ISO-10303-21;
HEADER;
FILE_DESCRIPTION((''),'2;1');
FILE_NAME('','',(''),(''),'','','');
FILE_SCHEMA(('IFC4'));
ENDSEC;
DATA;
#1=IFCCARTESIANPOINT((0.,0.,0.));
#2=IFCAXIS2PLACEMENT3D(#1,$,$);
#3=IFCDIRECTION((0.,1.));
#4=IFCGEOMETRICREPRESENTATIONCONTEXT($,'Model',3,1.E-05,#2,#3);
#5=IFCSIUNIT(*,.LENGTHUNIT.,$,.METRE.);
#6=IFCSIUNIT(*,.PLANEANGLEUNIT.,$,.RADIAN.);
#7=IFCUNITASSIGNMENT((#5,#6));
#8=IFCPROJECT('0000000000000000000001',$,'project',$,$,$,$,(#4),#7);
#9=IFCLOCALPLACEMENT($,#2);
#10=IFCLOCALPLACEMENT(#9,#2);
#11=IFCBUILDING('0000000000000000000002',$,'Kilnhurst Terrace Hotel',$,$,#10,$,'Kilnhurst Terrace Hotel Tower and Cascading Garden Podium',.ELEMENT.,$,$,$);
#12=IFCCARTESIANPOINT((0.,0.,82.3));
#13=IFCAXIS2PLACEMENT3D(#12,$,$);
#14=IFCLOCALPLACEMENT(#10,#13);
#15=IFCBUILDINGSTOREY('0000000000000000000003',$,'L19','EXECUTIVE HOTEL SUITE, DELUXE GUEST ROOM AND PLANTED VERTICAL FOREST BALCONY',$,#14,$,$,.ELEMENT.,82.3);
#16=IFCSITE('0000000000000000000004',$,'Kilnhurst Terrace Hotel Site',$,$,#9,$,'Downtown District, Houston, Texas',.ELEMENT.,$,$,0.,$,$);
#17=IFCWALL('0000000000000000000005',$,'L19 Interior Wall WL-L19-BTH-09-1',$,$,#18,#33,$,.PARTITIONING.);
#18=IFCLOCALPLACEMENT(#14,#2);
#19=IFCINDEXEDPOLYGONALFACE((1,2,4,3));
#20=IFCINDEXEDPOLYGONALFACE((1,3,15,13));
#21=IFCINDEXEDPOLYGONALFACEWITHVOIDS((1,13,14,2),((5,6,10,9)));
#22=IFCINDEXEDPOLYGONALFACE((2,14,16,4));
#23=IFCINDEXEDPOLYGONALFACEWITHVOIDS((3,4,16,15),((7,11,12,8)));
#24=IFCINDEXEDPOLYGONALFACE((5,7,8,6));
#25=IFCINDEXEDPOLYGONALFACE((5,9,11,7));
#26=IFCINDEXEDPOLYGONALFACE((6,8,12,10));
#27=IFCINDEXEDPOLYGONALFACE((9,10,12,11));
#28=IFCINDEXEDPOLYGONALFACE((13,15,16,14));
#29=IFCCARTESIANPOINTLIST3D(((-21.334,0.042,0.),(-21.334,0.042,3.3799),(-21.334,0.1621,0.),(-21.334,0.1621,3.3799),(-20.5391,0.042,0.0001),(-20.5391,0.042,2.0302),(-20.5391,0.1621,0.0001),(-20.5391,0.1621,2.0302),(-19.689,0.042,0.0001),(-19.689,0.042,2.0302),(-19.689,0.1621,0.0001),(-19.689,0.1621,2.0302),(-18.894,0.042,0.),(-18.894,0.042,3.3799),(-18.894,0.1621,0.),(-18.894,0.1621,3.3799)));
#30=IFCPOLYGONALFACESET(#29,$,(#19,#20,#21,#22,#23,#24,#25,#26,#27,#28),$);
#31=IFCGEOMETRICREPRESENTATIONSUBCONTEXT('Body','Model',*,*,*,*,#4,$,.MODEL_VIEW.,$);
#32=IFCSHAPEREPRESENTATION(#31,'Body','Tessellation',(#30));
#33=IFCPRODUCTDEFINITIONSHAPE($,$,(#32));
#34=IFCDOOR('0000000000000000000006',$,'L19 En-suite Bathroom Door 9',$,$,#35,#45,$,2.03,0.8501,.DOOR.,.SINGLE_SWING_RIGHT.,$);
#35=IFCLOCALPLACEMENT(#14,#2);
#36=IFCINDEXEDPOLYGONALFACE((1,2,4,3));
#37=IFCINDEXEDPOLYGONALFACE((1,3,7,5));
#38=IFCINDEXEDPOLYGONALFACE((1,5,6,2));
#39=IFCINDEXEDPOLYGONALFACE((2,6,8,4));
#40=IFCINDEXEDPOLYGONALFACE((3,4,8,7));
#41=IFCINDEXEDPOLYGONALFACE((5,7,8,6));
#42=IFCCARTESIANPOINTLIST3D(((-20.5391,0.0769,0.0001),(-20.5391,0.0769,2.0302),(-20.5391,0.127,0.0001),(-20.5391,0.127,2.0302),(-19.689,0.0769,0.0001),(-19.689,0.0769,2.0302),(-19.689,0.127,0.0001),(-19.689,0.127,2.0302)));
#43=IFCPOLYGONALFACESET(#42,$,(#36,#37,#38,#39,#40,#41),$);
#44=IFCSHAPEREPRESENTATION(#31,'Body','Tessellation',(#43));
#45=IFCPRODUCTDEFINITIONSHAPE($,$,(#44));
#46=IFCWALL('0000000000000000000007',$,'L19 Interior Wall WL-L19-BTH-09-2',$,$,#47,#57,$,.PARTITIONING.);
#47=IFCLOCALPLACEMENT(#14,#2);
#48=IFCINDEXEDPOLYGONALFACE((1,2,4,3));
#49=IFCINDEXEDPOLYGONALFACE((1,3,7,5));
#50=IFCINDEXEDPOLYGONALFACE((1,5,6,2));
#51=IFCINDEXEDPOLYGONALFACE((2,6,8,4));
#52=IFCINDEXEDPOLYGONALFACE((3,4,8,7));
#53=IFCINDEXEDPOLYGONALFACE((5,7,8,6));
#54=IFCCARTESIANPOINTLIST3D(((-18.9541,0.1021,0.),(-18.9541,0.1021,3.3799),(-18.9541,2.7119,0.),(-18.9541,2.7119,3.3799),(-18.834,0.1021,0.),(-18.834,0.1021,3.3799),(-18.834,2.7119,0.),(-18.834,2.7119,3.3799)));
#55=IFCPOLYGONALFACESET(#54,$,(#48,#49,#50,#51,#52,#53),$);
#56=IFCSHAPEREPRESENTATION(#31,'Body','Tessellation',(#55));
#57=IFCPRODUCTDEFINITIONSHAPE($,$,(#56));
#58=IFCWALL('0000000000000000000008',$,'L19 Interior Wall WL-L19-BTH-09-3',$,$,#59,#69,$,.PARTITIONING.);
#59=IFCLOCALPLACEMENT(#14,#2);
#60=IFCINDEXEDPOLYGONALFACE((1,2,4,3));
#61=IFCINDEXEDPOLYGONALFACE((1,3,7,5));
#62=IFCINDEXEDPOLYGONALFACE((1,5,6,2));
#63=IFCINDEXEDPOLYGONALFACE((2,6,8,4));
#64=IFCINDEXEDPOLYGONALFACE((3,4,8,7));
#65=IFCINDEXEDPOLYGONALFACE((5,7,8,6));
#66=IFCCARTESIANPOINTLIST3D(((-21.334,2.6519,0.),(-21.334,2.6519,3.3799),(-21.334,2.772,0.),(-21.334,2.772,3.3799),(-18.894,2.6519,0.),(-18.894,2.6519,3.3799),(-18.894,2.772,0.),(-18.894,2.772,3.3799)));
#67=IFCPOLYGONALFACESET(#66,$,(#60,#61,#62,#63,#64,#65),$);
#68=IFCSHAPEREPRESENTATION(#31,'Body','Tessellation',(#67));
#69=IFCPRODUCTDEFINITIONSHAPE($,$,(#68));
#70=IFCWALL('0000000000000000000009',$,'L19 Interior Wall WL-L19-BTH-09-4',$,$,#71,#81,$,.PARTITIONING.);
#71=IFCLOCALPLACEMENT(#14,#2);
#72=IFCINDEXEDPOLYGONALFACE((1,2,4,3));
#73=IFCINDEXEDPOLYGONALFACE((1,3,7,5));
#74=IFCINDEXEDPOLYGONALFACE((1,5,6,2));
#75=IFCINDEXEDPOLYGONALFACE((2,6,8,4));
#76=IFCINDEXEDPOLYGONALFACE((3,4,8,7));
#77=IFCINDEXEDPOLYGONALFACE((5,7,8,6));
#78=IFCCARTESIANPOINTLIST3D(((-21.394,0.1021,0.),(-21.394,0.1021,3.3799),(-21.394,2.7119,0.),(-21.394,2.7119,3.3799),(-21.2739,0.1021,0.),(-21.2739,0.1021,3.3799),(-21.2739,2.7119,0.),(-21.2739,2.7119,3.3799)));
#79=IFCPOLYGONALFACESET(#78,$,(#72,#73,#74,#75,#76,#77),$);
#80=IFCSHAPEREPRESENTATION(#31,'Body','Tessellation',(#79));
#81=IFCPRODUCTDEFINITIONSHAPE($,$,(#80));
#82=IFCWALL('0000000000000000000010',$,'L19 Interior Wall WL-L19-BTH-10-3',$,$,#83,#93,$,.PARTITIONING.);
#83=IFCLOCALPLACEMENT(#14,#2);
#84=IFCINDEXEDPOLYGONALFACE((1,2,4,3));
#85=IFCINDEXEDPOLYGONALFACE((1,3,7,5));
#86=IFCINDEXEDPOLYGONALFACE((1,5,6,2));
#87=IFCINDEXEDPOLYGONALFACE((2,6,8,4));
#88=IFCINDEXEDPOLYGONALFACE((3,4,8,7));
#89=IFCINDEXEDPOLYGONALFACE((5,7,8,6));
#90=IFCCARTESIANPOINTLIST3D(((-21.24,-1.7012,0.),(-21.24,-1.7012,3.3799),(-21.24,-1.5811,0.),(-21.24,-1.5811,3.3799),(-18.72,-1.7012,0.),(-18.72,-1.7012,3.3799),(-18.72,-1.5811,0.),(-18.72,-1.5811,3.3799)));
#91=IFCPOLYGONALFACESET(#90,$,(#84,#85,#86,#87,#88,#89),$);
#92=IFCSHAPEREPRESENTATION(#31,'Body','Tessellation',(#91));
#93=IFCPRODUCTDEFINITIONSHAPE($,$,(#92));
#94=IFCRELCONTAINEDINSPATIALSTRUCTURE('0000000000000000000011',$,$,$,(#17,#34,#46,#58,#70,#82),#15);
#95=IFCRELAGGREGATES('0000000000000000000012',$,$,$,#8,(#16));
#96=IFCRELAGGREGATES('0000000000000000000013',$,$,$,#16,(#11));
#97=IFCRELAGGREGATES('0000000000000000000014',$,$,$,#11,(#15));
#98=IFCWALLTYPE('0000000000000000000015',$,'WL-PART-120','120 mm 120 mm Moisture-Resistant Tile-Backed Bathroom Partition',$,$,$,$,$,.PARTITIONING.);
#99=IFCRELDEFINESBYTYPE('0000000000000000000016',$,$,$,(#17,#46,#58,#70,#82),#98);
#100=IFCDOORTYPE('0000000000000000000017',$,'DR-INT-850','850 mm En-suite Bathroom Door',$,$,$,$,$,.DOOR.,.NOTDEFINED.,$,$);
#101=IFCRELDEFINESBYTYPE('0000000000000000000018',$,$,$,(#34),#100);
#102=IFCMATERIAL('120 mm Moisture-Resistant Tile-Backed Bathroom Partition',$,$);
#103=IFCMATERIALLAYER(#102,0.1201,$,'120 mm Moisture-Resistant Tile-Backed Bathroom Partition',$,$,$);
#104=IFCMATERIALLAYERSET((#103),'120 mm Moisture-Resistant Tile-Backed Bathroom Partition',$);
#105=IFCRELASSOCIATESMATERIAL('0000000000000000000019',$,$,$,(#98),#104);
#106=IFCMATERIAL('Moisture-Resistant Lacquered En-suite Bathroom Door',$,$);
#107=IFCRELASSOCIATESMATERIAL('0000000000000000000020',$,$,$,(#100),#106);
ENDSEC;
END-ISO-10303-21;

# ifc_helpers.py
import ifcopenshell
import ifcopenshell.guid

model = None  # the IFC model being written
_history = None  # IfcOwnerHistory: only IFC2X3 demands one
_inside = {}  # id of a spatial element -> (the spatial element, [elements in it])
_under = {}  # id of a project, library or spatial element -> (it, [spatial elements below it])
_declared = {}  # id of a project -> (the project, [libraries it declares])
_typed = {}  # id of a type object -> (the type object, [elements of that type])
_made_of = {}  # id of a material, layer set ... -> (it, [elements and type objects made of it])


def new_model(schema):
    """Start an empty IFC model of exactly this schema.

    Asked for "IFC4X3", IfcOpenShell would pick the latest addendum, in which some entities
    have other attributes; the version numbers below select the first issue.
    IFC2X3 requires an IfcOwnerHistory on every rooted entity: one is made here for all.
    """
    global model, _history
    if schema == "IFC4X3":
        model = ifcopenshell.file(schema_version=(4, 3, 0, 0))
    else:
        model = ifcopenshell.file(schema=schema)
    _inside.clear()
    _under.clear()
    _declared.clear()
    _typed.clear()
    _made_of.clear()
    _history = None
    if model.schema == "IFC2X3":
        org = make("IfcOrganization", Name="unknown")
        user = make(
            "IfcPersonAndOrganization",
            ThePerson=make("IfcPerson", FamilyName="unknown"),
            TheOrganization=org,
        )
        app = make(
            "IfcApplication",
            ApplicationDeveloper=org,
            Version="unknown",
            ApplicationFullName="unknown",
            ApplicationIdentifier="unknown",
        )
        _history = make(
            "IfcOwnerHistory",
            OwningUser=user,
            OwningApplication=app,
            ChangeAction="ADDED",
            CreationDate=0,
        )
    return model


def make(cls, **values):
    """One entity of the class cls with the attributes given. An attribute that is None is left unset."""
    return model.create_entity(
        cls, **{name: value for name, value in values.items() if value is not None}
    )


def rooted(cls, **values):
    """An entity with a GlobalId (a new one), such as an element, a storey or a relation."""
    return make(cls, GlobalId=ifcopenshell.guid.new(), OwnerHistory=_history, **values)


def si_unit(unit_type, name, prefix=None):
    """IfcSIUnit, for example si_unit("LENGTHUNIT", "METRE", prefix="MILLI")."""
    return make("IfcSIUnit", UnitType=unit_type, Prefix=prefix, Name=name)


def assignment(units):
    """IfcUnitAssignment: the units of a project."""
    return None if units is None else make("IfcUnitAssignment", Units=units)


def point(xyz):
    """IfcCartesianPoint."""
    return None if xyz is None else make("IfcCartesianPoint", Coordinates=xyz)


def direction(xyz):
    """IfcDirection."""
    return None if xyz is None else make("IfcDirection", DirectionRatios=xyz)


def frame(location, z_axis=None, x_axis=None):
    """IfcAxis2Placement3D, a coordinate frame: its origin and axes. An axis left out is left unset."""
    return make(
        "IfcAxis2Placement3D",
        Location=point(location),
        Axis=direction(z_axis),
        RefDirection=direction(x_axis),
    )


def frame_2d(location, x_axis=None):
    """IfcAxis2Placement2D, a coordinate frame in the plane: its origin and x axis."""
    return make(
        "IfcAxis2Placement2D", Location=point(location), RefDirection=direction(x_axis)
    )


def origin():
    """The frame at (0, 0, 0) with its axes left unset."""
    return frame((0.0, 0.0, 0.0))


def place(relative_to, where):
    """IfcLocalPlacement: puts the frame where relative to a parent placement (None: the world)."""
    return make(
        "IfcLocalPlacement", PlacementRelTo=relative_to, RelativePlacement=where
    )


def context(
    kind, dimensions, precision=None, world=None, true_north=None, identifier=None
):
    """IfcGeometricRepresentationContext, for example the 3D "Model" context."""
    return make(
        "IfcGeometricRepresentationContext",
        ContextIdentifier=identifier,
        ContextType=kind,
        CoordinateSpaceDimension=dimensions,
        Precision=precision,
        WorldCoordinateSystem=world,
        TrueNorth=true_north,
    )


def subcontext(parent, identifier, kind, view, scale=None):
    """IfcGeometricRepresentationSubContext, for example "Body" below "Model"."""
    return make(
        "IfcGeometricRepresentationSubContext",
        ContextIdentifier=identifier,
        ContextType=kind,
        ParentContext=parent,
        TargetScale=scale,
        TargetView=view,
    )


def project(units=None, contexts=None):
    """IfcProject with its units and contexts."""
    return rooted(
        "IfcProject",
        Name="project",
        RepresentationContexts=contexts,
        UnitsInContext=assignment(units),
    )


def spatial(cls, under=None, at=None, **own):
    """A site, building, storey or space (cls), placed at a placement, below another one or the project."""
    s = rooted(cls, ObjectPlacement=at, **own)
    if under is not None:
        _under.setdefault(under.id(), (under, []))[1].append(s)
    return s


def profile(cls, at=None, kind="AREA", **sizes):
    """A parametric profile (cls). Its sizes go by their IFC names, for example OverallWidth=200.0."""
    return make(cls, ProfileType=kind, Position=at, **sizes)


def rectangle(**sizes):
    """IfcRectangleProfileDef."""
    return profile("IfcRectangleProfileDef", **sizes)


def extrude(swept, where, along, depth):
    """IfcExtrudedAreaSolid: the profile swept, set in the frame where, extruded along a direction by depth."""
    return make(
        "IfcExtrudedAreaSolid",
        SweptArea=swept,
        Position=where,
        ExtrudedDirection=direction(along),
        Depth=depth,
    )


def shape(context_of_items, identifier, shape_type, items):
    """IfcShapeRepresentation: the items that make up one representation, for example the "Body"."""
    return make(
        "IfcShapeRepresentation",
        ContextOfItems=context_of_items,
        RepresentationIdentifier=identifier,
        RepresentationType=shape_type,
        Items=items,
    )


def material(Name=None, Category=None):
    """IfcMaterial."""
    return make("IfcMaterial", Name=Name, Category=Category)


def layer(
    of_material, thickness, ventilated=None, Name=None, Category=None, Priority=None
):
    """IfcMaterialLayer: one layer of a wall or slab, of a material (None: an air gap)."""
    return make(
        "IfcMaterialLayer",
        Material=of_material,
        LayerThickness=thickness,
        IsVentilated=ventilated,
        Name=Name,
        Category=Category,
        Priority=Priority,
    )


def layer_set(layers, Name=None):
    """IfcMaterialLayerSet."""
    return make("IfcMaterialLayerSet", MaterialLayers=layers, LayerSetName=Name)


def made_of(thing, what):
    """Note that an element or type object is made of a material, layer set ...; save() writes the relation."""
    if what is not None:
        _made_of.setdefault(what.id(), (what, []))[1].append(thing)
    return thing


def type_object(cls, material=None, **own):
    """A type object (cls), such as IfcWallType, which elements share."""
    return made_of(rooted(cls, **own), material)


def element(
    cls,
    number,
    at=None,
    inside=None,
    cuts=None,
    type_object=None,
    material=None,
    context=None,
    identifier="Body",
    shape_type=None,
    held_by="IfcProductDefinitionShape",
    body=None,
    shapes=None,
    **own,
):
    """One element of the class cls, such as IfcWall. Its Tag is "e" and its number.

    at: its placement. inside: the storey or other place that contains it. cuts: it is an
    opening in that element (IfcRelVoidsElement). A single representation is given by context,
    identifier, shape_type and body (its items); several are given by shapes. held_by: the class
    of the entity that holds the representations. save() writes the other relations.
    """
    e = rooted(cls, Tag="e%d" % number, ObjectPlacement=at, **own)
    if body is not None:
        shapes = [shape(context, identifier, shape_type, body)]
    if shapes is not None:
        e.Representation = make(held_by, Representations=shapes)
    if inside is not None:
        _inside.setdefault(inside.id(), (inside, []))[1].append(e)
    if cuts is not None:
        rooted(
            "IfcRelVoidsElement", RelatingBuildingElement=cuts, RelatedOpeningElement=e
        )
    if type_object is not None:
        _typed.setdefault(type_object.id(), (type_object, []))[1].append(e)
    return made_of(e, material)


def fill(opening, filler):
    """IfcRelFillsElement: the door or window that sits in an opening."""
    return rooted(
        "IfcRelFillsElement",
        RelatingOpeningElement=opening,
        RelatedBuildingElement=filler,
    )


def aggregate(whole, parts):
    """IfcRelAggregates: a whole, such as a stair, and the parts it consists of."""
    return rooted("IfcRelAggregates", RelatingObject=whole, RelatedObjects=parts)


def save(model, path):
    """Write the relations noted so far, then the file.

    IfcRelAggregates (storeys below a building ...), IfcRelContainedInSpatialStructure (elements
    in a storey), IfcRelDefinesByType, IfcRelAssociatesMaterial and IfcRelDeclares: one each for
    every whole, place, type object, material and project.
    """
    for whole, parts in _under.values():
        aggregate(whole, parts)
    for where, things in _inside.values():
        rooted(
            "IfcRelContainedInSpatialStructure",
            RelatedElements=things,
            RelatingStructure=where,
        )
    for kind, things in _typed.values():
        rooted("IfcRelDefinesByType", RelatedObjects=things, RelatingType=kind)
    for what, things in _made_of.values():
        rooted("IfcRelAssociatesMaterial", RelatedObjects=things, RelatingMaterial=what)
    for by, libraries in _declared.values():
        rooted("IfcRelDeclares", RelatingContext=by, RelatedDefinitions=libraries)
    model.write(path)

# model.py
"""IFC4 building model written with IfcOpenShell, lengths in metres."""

from ifc_helpers import new_model, si_unit, direction, frame, frame_2d, origin, place, context, subcontext, project, spatial, rectangle, extrude, material, layer, layer_set, type_object, element, fill, save


model = new_model("IFC4")

# Units and contexts
model_context = context("Model", 3, precision=1e-05, world=origin(), true_north=direction((0.0, 1.0)))
body_context = subcontext(model_context, "Body", "Model", "MODEL_VIEW")
ifc_project = project(units=[si_unit("LENGTHUNIT", "METRE"), si_unit("PLANEANGLEUNIT", "RADIAN")], contexts=[model_context])

# Site, building, storey
site_placement = place(None, origin())
site = spatial("IfcSite", under=ifc_project, at=site_placement, Name="Kilnhurst Terrace Hotel Site", LongName="Downtown District, Houston, Texas", CompositionType="ELEMENT", RefElevation=0.0)
building_placement = place(site_placement, origin())
building = spatial("IfcBuilding", under=site, at=building_placement, Name="Kilnhurst Terrace Hotel", LongName="Kilnhurst Terrace Hotel Tower and Cascading Garden Podium", CompositionType="ELEMENT")
storey_placement = place(building_placement, frame((0.0, 0.0, 82.3)))
storey = spatial("IfcBuildingStorey", under=building, at=storey_placement, Name="L19", Description="EXECUTIVE HOTEL SUITE, DELUXE GUEST ROOM AND PLANTED VERTICAL FOREST BALCONY", CompositionType="ELEMENT", Elevation=82.3)

# Shared definitions
ifc_material_1 = material(Name="120 mm Moisture-Resistant Tile-Backed Bathroom Partition")
ifc_layer_1 = layer(ifc_material_1, 0.1201, Name="120 mm Moisture-Resistant Tile-Backed Bathroom Partition")
ifc_layer_set_1 = layer_set([ifc_layer_1], Name="120 mm Moisture-Resistant Tile-Backed Bathroom Partition")
wall_type_1 = type_object("IfcWallType", Name="WL-PART-120", Description="120 mm 120 mm Moisture-Resistant Tile-Backed Bathroom Partition", PredefinedType="PARTITIONING", material=ifc_layer_set_1)
ifc_material_2 = material(Name="Moisture-Resistant Lacquered En-suite Bathroom Door")
door_type = type_object("IfcDoorType", Name="DR-INT-850", Description="850 mm En-suite Bathroom Door", OperationType="NOTDEFINED", PredefinedType="DOOR", material=ifc_material_2)

# Wall, opening, door
wall_1_placement = place(storey_placement, frame((-21.334, 0.1021, 0.0), z_axis=(0.0, 0.0, 1.0), x_axis=(1.0, 0.0, 0.0)))
wall_1 = element("IfcWall", 1, at=wall_1_placement, inside=storey, type_object=wall_type_1, Name="L19 Interior Wall WL-L19-BTH-09-1", PredefinedType="PARTITIONING", context=body_context, shape_type="SweptSolid", body=[
    extrude(rectangle(XDim=2.4399, YDim=0.1201, at=frame_2d((1.22, 0.0))), origin(), (0.0, 0.0, 1.0), 3.3799),
])
opening_1_placement = place(wall_1_placement, frame((0.7949, 0.0, 0.0)))
opening_1 = element("IfcOpeningElement", 2, at=opening_1_placement, cuts=wall_1, PredefinedType="OPENING", context=body_context, shape_type="SweptSolid", body=[
    extrude(rectangle(XDim=0.8501, YDim=2.03, at=frame_2d((0.425, 1.0151))), frame((0.0, 0.0701, 0.0), z_axis=(0.0, -1.0, 0.0), x_axis=(1.0, 0.0, 0.0)), (0.0, 0.0, 1.0), 0.1401),
])
door_1_placement = place(opening_1_placement, origin())
door_1 = element("IfcDoor", 3, at=door_1_placement, inside=storey, type_object=door_type, Name="L19 En-suite Bathroom Door 9", OperationType="SINGLE_SWING_RIGHT", OverallHeight=2.03, OverallWidth=0.8501, PredefinedType="DOOR", context=body_context, shape_type="SweptSolid", body=[
    extrude(rectangle(XDim=0.8501, YDim=2.03, at=frame_2d((0.425, 1.0151))), frame((0.0, 0.0249, 0.0), z_axis=(0.0, -1.0, 0.0), x_axis=(1.0, 0.0, 0.0)), (0.0, 0.0, 1.0), 0.05),
])
fill(opening_1, door_1)

# Walls
wall_2_placement = place(storey_placement, frame((-18.894, 0.1021, 0.0), z_axis=(0.0, 0.0, 1.0), x_axis=(0.0, 1.0, 0.0)))
element("IfcWall", 4, at=wall_2_placement, inside=storey, type_object=wall_type_1, Name="L19 Interior Wall WL-L19-BTH-09-2", PredefinedType="PARTITIONING", context=body_context, shape_type="SweptSolid", body=[
    extrude(rectangle(XDim=2.6099, YDim=0.1201, at=frame_2d((1.3049, 0.0))), origin(), (0.0, 0.0, 1.0), 3.3799),
])
wall_3_placement = place(storey_placement, frame((-18.894, 2.7119, 0.0), z_axis=(0.0, 0.0, 1.0), x_axis=(-1.0, 0.0, 0.0)))
element("IfcWall", 5, at=wall_3_placement, inside=storey, type_object=wall_type_1, Name="L19 Interior Wall WL-L19-BTH-09-3", PredefinedType="PARTITIONING", context=body_context, shape_type="SweptSolid", body=[
    extrude(rectangle(XDim=2.4399, YDim=0.1201, at=frame_2d((1.22, 0.0))), origin(), (0.0, 0.0, 1.0), 3.3799),
])
wall_4_placement = place(storey_placement, frame((-21.334, 2.7119, 0.0), z_axis=(0.0, 0.0, 1.0), x_axis=(0.0, -1.0, 0.0)))
element("IfcWall", 6, at=wall_4_placement, inside=storey, type_object=wall_type_1, Name="L19 Interior Wall WL-L19-BTH-09-4", PredefinedType="PARTITIONING", context=body_context, shape_type="SweptSolid", body=[
    extrude(rectangle(XDim=2.6099, YDim=0.1201, at=frame_2d((1.3049, 0.0))), origin(), (0.0, 0.0, 1.0), 3.3799),
])
wall_5_placement = place(storey_placement, frame((-18.72, -1.6411, 0.0), z_axis=(0.0, 0.0, 1.0), x_axis=(-1.0, 0.0, 0.0)))
element("IfcWall", 7, at=wall_5_placement, inside=storey, type_object=wall_type_1, Name="L19 Interior Wall WL-L19-BTH-10-3", PredefinedType="PARTITIONING", context=body_context, shape_type="SweptSolid", body=[
    extrude(rectangle(XDim=2.52, YDim=0.1201, at=frame_2d((1.26, 0.0))), origin(), (0.0, 0.0, 1.0), 3.3799),
])

save(model, "model.ifc")
